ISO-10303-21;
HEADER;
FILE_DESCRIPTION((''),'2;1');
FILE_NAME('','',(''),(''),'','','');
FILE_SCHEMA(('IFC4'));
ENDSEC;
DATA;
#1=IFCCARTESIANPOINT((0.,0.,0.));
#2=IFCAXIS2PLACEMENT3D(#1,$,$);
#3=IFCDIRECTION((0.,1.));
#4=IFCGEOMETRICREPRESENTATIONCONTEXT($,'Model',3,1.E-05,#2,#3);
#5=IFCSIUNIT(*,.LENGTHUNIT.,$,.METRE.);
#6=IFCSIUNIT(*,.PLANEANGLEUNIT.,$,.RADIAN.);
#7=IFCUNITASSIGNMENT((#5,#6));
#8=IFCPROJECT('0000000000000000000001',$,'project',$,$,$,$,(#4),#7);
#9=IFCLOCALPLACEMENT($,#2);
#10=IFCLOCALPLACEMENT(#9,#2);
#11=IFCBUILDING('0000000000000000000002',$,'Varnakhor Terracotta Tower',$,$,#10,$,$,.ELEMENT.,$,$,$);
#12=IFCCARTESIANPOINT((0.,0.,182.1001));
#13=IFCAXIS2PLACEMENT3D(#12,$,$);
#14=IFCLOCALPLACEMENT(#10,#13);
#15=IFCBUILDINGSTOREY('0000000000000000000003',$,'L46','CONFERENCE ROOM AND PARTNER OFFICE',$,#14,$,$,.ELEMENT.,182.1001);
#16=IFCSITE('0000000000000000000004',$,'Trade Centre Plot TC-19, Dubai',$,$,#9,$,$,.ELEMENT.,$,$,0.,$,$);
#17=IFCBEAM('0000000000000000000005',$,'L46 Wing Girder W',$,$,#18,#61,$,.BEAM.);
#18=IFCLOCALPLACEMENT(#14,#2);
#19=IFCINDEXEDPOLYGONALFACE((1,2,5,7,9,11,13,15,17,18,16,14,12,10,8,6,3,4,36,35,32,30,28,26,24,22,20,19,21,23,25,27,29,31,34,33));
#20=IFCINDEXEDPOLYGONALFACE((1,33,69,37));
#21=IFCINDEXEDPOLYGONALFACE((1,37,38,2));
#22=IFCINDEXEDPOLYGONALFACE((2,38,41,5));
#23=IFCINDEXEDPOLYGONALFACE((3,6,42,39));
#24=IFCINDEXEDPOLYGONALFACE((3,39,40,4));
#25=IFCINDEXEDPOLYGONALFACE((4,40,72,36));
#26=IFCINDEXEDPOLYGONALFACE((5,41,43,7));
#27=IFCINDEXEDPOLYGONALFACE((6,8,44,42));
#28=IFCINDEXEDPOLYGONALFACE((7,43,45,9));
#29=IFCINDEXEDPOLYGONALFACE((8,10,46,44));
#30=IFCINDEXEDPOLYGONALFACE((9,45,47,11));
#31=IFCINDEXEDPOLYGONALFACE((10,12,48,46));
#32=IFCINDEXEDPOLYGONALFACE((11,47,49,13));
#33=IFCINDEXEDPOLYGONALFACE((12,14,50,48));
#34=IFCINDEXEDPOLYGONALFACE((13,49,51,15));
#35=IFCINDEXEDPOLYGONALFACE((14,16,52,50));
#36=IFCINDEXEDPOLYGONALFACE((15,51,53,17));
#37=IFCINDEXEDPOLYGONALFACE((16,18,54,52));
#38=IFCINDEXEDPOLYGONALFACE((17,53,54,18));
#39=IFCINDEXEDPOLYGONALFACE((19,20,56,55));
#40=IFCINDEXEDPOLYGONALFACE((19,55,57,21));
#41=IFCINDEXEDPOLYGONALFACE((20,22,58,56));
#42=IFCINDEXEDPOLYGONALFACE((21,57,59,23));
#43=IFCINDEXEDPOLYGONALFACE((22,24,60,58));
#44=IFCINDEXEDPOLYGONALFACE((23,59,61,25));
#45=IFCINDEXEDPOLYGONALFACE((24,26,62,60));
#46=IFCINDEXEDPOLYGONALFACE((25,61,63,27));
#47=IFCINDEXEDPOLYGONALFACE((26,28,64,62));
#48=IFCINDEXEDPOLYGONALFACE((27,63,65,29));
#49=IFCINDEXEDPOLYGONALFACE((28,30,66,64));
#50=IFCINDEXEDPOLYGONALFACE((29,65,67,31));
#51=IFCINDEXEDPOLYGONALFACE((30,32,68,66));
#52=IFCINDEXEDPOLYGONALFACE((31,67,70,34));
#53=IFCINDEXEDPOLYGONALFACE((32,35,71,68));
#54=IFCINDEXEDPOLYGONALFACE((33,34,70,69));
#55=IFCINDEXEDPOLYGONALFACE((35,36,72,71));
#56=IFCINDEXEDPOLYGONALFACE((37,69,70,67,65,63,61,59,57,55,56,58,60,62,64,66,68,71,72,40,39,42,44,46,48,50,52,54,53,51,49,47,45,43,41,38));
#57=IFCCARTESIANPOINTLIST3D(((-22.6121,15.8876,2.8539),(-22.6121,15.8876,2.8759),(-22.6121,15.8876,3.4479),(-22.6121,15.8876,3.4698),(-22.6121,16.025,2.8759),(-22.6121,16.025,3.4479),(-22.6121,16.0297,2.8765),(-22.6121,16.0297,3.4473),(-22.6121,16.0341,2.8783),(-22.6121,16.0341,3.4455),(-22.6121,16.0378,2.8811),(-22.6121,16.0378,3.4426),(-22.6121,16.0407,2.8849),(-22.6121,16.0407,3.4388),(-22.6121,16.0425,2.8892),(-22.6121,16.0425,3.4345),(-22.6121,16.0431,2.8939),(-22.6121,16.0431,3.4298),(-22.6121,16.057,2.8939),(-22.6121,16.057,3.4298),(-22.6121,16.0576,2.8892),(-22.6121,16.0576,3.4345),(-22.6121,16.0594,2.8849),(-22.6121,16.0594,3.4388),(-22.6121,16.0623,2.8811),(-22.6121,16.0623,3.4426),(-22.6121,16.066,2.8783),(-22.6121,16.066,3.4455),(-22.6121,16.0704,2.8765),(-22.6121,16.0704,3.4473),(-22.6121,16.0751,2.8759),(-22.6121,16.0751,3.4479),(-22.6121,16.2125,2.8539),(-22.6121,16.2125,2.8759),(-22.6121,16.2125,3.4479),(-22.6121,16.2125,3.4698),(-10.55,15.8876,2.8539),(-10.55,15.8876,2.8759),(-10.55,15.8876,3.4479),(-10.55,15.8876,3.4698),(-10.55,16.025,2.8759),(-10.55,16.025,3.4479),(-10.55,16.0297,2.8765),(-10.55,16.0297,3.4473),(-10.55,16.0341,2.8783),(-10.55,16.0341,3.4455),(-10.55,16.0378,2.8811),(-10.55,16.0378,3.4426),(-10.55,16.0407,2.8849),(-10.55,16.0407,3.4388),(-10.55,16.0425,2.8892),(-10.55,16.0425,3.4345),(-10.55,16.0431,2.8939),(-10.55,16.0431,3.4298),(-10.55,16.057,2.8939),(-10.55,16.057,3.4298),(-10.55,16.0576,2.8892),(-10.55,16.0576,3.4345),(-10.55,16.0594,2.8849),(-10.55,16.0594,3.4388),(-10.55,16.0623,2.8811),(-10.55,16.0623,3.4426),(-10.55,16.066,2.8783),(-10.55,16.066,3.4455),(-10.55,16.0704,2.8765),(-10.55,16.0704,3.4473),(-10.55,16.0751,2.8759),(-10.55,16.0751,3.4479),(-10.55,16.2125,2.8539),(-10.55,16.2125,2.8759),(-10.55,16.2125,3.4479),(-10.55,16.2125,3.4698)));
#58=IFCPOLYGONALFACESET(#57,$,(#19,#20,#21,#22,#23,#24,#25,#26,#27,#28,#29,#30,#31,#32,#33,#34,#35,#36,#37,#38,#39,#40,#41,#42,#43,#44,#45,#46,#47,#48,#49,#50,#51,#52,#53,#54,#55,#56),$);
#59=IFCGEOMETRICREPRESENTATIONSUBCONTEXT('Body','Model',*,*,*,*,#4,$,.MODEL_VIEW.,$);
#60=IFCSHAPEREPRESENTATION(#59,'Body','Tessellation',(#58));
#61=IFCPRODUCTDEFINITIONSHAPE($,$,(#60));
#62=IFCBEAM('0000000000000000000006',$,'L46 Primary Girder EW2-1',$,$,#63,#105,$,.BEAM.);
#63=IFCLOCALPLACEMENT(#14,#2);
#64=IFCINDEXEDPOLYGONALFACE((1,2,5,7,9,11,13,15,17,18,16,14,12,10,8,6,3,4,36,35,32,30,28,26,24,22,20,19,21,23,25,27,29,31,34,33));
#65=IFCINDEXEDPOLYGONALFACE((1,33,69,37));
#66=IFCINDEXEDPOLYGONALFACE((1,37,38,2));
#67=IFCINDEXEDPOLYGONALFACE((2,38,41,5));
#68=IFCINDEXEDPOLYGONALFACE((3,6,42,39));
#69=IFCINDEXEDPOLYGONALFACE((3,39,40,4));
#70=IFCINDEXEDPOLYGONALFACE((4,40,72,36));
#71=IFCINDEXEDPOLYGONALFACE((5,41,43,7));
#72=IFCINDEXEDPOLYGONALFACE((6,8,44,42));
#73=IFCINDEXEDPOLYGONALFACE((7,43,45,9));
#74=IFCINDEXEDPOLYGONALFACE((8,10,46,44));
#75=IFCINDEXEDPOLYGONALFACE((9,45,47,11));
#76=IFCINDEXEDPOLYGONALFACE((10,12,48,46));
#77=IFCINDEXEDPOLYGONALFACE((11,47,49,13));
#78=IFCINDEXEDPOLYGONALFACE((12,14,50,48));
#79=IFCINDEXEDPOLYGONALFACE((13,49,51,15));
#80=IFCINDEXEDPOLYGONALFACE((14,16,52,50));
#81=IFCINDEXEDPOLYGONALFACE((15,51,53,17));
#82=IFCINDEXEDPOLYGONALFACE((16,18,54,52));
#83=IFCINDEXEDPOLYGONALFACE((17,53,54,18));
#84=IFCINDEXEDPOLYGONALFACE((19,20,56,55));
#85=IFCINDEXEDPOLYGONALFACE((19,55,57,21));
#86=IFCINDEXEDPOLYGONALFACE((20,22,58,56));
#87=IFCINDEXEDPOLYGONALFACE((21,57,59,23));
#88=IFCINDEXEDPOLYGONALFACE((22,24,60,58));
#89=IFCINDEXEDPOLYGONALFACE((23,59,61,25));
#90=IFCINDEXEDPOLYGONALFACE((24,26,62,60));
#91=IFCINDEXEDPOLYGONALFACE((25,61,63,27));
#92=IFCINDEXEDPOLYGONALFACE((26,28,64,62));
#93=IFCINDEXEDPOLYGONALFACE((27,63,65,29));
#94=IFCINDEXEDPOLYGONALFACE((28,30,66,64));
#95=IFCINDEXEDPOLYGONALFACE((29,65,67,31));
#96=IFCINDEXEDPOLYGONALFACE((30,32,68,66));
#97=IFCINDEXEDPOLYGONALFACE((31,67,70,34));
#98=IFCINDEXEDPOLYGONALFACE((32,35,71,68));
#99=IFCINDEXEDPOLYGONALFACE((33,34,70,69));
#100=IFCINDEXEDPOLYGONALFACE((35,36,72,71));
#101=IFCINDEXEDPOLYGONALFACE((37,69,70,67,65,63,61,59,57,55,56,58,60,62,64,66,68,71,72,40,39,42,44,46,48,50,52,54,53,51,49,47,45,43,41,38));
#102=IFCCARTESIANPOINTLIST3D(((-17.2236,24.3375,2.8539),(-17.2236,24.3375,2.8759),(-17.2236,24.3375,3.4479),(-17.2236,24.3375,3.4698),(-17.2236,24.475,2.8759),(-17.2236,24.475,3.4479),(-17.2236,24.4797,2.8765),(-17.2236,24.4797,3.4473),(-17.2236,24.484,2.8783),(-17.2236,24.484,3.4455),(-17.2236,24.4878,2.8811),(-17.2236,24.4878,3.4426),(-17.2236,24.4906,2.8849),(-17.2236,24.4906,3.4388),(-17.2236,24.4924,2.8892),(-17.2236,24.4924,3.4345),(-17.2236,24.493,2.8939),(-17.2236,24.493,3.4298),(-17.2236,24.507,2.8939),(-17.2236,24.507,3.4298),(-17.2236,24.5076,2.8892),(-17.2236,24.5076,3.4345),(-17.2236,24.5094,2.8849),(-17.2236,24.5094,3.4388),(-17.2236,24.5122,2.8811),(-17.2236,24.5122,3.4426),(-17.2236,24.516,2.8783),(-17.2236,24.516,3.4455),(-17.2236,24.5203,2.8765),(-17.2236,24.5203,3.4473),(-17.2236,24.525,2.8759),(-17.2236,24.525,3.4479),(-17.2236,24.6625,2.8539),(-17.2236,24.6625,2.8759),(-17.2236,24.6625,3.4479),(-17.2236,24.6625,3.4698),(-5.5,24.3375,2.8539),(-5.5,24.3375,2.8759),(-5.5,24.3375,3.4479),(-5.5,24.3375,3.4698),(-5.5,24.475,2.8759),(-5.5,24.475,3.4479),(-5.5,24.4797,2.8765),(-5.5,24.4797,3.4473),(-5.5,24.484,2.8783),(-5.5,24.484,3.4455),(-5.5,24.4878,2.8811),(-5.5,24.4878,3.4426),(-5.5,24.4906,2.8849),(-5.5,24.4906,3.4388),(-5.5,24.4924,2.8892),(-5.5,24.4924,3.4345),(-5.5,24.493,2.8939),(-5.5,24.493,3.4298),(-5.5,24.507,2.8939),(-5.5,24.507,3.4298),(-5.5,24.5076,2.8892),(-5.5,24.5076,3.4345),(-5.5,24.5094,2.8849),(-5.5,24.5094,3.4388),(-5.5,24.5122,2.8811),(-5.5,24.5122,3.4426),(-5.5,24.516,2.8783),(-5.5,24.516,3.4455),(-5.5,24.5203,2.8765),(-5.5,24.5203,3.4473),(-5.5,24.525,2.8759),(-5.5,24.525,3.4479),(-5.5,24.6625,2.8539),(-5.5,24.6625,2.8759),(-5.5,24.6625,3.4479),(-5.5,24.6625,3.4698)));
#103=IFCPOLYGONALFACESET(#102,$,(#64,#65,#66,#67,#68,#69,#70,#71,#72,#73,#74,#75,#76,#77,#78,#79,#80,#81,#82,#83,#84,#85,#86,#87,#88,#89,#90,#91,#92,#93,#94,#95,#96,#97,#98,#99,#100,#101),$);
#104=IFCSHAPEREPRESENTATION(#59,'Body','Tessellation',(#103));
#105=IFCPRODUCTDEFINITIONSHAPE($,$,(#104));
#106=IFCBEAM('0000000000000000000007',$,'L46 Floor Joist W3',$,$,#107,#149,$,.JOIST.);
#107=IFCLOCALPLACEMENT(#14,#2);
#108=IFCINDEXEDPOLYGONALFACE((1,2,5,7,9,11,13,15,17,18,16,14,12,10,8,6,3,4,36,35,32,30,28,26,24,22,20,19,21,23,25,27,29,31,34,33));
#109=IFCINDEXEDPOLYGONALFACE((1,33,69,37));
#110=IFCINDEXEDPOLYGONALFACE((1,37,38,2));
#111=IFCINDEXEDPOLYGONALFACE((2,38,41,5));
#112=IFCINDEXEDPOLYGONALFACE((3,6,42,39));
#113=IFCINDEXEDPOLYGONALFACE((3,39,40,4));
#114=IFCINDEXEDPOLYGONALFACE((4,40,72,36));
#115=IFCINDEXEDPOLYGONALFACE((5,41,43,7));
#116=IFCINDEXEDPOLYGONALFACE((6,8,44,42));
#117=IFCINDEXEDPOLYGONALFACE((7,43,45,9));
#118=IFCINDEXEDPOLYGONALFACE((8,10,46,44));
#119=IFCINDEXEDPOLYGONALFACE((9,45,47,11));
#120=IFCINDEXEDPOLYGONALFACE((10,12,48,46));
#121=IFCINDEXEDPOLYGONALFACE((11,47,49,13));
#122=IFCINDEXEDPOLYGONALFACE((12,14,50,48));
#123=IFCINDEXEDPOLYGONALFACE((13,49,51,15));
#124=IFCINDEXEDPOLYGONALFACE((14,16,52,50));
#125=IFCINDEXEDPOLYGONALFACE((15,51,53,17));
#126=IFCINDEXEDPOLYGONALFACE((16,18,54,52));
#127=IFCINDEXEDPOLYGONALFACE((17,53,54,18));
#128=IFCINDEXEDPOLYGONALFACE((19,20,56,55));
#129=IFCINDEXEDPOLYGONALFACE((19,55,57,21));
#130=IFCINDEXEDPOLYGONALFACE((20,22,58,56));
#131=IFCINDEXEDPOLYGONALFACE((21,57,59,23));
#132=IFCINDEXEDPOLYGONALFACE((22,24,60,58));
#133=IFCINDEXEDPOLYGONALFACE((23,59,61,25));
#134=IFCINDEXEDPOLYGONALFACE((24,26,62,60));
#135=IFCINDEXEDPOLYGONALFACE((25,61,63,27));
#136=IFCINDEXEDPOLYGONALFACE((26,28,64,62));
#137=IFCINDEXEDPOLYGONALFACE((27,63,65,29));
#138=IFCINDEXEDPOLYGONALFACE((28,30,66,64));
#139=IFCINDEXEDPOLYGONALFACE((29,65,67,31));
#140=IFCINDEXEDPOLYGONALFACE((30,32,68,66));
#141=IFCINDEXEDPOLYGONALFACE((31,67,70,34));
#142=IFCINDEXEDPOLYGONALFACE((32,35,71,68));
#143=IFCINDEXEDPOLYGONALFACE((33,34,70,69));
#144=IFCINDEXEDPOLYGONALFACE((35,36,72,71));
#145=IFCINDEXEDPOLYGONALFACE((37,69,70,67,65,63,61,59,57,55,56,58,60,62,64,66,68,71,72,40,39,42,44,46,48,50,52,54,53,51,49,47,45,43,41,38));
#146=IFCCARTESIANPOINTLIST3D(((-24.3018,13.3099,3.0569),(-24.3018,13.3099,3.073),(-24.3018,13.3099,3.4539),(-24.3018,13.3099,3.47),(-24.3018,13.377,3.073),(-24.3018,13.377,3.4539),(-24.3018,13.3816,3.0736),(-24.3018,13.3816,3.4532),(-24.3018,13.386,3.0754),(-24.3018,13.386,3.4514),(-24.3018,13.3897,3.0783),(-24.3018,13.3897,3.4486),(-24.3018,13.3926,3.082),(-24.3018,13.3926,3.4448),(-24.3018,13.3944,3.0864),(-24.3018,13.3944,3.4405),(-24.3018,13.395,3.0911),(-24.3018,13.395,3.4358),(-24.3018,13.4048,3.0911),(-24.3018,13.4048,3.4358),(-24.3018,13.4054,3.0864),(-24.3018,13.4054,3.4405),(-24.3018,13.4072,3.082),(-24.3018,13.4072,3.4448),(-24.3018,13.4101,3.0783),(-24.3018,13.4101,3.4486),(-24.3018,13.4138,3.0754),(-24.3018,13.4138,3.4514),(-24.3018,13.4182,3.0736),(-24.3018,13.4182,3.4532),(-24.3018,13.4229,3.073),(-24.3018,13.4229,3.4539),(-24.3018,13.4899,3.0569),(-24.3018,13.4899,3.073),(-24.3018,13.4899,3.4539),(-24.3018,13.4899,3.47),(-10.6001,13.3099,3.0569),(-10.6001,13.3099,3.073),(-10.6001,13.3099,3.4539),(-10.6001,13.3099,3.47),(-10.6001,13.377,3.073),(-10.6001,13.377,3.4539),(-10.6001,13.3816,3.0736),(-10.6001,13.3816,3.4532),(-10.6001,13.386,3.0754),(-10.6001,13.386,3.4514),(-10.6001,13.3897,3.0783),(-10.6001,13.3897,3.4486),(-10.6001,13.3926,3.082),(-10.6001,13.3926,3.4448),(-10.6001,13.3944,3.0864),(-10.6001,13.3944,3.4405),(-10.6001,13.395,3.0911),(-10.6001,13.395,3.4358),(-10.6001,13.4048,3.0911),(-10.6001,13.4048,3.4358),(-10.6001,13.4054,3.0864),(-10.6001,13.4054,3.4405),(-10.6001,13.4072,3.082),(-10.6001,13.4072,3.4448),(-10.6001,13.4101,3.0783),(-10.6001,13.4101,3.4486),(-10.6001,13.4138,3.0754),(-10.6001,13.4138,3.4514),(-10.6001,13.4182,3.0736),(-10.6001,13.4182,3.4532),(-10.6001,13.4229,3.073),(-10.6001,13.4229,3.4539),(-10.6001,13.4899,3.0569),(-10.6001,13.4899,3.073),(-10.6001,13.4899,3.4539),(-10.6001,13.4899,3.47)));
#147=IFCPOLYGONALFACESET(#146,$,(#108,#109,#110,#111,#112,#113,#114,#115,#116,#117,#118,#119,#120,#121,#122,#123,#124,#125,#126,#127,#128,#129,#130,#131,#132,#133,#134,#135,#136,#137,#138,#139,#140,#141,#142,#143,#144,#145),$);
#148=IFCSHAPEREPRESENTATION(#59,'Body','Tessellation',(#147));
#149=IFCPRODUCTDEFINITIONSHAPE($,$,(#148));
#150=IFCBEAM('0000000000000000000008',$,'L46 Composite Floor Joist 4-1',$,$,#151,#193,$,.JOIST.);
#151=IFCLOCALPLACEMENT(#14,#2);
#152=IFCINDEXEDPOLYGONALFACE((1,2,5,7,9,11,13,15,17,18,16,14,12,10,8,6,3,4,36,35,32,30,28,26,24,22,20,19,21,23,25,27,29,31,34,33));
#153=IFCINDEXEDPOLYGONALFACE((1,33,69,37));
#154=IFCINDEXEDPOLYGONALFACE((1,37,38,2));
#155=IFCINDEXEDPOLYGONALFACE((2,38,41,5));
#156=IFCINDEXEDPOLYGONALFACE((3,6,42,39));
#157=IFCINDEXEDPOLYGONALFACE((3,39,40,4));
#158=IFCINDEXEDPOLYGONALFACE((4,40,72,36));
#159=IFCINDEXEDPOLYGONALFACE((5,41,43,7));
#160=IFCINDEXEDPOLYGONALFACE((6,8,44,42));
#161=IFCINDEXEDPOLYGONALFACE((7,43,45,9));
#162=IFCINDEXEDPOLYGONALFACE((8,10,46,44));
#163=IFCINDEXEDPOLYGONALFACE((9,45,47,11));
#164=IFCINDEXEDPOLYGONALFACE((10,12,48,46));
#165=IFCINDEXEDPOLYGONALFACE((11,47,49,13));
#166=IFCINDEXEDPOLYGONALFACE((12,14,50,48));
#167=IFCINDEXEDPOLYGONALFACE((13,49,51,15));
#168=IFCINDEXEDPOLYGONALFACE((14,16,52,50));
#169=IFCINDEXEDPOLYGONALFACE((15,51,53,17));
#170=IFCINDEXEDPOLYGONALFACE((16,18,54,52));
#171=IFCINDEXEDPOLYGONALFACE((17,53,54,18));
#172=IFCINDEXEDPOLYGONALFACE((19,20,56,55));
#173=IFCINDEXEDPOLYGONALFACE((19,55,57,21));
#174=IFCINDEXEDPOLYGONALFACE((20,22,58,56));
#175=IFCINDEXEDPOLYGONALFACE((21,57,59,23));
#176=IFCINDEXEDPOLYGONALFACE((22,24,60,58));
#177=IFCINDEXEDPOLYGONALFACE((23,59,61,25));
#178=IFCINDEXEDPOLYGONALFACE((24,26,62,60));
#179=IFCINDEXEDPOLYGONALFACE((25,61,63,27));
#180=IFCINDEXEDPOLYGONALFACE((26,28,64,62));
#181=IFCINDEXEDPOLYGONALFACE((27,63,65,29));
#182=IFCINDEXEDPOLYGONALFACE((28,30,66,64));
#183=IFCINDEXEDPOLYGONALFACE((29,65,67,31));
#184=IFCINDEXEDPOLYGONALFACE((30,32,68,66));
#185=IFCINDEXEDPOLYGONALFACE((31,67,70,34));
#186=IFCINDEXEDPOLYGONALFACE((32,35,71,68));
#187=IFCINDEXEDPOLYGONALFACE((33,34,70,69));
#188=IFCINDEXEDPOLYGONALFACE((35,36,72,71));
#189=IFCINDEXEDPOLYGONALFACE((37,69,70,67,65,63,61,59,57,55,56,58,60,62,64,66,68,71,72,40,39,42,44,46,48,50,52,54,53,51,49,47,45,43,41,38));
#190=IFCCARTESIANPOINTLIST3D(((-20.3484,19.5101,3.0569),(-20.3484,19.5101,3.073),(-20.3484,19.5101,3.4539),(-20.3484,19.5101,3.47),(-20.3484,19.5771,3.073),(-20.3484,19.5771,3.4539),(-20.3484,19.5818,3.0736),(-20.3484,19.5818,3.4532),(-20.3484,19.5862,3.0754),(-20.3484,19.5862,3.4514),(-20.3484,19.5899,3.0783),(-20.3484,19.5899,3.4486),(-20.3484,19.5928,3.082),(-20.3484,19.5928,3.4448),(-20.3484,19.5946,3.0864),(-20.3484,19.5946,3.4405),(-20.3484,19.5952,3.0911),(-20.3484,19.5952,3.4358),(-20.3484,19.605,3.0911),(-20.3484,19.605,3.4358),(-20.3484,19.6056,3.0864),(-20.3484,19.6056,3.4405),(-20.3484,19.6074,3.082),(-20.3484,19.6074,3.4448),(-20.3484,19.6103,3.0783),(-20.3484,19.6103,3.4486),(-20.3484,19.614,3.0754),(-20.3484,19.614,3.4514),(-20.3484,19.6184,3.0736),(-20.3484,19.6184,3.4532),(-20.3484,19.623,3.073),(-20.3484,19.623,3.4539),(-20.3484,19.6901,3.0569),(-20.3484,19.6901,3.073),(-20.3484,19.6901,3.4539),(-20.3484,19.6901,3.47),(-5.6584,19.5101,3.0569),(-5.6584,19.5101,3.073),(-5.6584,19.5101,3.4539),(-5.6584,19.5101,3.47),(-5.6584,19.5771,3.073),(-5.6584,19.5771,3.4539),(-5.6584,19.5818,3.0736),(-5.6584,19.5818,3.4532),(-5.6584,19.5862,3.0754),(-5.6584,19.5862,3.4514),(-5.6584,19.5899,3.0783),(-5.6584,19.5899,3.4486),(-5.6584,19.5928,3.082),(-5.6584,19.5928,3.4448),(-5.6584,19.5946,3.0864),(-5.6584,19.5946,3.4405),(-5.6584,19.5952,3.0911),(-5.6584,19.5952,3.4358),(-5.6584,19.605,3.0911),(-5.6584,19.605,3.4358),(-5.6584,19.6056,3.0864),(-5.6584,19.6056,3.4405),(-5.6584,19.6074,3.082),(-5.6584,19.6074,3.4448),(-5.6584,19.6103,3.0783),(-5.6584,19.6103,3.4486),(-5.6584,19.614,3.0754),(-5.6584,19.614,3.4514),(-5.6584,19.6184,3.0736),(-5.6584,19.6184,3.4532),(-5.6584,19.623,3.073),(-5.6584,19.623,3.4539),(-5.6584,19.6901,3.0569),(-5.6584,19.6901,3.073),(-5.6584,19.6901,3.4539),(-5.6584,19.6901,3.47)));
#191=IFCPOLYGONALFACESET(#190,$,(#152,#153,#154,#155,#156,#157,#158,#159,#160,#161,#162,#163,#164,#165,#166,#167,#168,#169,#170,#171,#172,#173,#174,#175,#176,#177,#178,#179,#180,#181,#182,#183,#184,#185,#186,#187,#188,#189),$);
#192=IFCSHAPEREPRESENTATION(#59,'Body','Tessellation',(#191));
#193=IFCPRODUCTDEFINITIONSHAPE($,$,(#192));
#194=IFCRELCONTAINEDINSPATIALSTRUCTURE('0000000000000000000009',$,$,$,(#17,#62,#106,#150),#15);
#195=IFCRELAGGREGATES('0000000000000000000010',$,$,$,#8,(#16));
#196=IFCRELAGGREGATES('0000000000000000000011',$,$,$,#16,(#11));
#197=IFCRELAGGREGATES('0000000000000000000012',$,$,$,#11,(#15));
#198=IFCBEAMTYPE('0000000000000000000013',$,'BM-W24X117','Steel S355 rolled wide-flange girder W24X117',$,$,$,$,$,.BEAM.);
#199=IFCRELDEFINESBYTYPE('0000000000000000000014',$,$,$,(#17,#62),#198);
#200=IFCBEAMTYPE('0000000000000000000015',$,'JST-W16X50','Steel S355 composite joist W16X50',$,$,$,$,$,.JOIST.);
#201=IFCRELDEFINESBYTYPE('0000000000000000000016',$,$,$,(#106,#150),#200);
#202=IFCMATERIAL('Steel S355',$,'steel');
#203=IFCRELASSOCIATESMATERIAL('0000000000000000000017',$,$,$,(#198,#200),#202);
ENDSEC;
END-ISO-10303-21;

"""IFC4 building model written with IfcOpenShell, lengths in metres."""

from ifc_helpers import new_model, si_unit, direction, frame, origin, origin_2d, place, context, subcontext, project, spatial, i_section, extrude, source, transform, mapped, material, material_profile, profile_set, type_object, element, save


model = new_model("IFC4")

# Units and contexts
model_context = context("Model", 3, precision=1e-05, world=origin(), true_north=direction((0.0, 1.0)))
body_context = subcontext(model_context, "Body", "Model", "MODEL_VIEW")
ifc_project = project(units=[si_unit("LENGTHUNIT", "METRE"), si_unit("PLANEANGLEUNIT", "RADIAN")], contexts=[model_context])

# Site, building, storey
site_placement = place(None, origin())
site = spatial("IfcSite", under=ifc_project, at=site_placement, Name="Trade Centre Plot TC-19, Dubai", CompositionType="ELEMENT", RefElevation=0.0)
building_placement = place(site_placement, origin())
building = spatial("IfcBuilding", under=site, at=building_placement, Name="Varnakhor Terracotta Tower", CompositionType="ELEMENT")
storey_placement = place(building_placement, frame((0.0, 0.0, 182.1001)))
storey = spatial("IfcBuildingStorey", under=building, at=storey_placement, Name="L46", Description="CONFERENCE ROOM AND PARTNER OFFICE", CompositionType="ELEMENT", Elevation=182.1001)

# Beams
ifc_material_1 = material(Name="Steel S355", Category="steel")
ifc_material_profile_1 = material_profile(ifc_material_1, i_section(OverallWidth=0.325, OverallDepth=0.616, WebThickness=0.0139, FlangeThickness=0.022, FilletRadius=0.0181, at=origin_2d()), Name="W24X117")
ifc_profile_set_1 = profile_set([ifc_material_profile_1], Name="Steel S355")
beam_type_1 = type_object("IfcBeamType", Name="BM-W24X117", Description="Steel S355 rolled wide-flange girder W24X117", PredefinedType="BEAM", material=ifc_profile_set_1)
shared_shape_1 = source(origin(), body_context, "Body", "SweptSolid", [
    extrude(i_section(OverallWidth=0.325, OverallDepth=0.616, WebThickness=0.0139, FlangeThickness=0.022, FilletRadius=0.0181, at=origin_2d()), origin(), (0.0, 0.0, 1.0), 12.062),
])
beam_1_placement = place(storey_placement, frame((-22.6121, 16.05, 3.1619), z_axis=(1.0, 0.0, 0.0), x_axis=(0.0, 1.0, 0.0)))
element("IfcBeam", 1, at=beam_1_placement, inside=storey, type_object=beam_type_1, Name="L46 Wing Girder W", PredefinedType="BEAM", context=body_context, shape_type="MappedRepresentation", body=[
    mapped(shared_shape_1, transform((0.0, 0.0, 0.0), scale=1.0)),
])
shared_shape_2 = source(origin(), body_context, "Body", "SweptSolid", [
    extrude(i_section(OverallWidth=0.325, OverallDepth=0.616, WebThickness=0.0139, FlangeThickness=0.022, FilletRadius=0.0181, at=origin_2d()), origin(), (0.0, 0.0, 1.0), 11.7236),
])
beam_2_placement = place(storey_placement, frame((-17.2236, 24.5, 3.1619), z_axis=(1.0, 0.0, 0.0), x_axis=(0.0, 1.0, 0.0)))
element("IfcBeam", 2, at=beam_2_placement, inside=storey, type_object=beam_type_1, Name="L46 Primary Girder EW2-1", PredefinedType="BEAM", context=body_context, shape_type="MappedRepresentation", body=[
    mapped(shared_shape_2, transform((0.0, 0.0, 0.0), scale=1.0)),
])
ifc_material_profile_2 = material_profile(ifc_material_1, i_section(OverallWidth=0.1799, OverallDepth=0.4131, WebThickness=0.0098, FlangeThickness=0.0161, FilletRadius=0.0181, at=origin_2d()), Name="W16X50")
ifc_profile_set_2 = profile_set([ifc_material_profile_2], Name="Steel S355")
beam_type_2 = type_object("IfcBeamType", Name="JST-W16X50", Description="Steel S355 composite joist W16X50", PredefinedType="JOIST", material=ifc_profile_set_2)
shared_shape_3 = source(origin(), body_context, "Body", "SweptSolid", [
    extrude(i_section(OverallWidth=0.1799, OverallDepth=0.4131, WebThickness=0.0098, FlangeThickness=0.0161, FilletRadius=0.0181, at=origin_2d()), origin(), (0.0, 0.0, 1.0), 13.7017),
])
beam_3_placement = place(storey_placement, frame((-24.3018, 13.3999, 3.2634), z_axis=(1.0, 0.0, 0.0), x_axis=(0.0, 1.0, 0.0)))
element("IfcBeam", 3, at=beam_3_placement, inside=storey, type_object=beam_type_2, Name="L46 Floor Joist W3", PredefinedType="JOIST", context=body_context, shape_type="MappedRepresentation", body=[
    mapped(shared_shape_3, transform((0.0, 0.0, 0.0), scale=1.0)),
])
shared_shape_4 = source(origin(), body_context, "Body", "SweptSolid", [
    extrude(i_section(OverallWidth=0.1799, OverallDepth=0.4131, WebThickness=0.0098, FlangeThickness=0.0161, FilletRadius=0.0181, at=origin_2d()), origin(), (0.0, 0.0, 1.0), 14.6899),
])
beam_4_placement = place(storey_placement, frame((-20.3484, 19.6001, 3.2634), z_axis=(1.0, 0.0, 0.0), x_axis=(0.0, 1.0, 0.0)))
element("IfcBeam", 4, at=beam_4_placement, inside=storey, type_object=beam_type_2, Name="L46 Composite Floor Joist 4-1", PredefinedType="JOIST", context=body_context, shape_type="MappedRepresentation", body=[
    mapped(shared_shape_4, transform((0.0, 0.0, 0.0), scale=1.0)),
])

save(model, "model.ifc")
